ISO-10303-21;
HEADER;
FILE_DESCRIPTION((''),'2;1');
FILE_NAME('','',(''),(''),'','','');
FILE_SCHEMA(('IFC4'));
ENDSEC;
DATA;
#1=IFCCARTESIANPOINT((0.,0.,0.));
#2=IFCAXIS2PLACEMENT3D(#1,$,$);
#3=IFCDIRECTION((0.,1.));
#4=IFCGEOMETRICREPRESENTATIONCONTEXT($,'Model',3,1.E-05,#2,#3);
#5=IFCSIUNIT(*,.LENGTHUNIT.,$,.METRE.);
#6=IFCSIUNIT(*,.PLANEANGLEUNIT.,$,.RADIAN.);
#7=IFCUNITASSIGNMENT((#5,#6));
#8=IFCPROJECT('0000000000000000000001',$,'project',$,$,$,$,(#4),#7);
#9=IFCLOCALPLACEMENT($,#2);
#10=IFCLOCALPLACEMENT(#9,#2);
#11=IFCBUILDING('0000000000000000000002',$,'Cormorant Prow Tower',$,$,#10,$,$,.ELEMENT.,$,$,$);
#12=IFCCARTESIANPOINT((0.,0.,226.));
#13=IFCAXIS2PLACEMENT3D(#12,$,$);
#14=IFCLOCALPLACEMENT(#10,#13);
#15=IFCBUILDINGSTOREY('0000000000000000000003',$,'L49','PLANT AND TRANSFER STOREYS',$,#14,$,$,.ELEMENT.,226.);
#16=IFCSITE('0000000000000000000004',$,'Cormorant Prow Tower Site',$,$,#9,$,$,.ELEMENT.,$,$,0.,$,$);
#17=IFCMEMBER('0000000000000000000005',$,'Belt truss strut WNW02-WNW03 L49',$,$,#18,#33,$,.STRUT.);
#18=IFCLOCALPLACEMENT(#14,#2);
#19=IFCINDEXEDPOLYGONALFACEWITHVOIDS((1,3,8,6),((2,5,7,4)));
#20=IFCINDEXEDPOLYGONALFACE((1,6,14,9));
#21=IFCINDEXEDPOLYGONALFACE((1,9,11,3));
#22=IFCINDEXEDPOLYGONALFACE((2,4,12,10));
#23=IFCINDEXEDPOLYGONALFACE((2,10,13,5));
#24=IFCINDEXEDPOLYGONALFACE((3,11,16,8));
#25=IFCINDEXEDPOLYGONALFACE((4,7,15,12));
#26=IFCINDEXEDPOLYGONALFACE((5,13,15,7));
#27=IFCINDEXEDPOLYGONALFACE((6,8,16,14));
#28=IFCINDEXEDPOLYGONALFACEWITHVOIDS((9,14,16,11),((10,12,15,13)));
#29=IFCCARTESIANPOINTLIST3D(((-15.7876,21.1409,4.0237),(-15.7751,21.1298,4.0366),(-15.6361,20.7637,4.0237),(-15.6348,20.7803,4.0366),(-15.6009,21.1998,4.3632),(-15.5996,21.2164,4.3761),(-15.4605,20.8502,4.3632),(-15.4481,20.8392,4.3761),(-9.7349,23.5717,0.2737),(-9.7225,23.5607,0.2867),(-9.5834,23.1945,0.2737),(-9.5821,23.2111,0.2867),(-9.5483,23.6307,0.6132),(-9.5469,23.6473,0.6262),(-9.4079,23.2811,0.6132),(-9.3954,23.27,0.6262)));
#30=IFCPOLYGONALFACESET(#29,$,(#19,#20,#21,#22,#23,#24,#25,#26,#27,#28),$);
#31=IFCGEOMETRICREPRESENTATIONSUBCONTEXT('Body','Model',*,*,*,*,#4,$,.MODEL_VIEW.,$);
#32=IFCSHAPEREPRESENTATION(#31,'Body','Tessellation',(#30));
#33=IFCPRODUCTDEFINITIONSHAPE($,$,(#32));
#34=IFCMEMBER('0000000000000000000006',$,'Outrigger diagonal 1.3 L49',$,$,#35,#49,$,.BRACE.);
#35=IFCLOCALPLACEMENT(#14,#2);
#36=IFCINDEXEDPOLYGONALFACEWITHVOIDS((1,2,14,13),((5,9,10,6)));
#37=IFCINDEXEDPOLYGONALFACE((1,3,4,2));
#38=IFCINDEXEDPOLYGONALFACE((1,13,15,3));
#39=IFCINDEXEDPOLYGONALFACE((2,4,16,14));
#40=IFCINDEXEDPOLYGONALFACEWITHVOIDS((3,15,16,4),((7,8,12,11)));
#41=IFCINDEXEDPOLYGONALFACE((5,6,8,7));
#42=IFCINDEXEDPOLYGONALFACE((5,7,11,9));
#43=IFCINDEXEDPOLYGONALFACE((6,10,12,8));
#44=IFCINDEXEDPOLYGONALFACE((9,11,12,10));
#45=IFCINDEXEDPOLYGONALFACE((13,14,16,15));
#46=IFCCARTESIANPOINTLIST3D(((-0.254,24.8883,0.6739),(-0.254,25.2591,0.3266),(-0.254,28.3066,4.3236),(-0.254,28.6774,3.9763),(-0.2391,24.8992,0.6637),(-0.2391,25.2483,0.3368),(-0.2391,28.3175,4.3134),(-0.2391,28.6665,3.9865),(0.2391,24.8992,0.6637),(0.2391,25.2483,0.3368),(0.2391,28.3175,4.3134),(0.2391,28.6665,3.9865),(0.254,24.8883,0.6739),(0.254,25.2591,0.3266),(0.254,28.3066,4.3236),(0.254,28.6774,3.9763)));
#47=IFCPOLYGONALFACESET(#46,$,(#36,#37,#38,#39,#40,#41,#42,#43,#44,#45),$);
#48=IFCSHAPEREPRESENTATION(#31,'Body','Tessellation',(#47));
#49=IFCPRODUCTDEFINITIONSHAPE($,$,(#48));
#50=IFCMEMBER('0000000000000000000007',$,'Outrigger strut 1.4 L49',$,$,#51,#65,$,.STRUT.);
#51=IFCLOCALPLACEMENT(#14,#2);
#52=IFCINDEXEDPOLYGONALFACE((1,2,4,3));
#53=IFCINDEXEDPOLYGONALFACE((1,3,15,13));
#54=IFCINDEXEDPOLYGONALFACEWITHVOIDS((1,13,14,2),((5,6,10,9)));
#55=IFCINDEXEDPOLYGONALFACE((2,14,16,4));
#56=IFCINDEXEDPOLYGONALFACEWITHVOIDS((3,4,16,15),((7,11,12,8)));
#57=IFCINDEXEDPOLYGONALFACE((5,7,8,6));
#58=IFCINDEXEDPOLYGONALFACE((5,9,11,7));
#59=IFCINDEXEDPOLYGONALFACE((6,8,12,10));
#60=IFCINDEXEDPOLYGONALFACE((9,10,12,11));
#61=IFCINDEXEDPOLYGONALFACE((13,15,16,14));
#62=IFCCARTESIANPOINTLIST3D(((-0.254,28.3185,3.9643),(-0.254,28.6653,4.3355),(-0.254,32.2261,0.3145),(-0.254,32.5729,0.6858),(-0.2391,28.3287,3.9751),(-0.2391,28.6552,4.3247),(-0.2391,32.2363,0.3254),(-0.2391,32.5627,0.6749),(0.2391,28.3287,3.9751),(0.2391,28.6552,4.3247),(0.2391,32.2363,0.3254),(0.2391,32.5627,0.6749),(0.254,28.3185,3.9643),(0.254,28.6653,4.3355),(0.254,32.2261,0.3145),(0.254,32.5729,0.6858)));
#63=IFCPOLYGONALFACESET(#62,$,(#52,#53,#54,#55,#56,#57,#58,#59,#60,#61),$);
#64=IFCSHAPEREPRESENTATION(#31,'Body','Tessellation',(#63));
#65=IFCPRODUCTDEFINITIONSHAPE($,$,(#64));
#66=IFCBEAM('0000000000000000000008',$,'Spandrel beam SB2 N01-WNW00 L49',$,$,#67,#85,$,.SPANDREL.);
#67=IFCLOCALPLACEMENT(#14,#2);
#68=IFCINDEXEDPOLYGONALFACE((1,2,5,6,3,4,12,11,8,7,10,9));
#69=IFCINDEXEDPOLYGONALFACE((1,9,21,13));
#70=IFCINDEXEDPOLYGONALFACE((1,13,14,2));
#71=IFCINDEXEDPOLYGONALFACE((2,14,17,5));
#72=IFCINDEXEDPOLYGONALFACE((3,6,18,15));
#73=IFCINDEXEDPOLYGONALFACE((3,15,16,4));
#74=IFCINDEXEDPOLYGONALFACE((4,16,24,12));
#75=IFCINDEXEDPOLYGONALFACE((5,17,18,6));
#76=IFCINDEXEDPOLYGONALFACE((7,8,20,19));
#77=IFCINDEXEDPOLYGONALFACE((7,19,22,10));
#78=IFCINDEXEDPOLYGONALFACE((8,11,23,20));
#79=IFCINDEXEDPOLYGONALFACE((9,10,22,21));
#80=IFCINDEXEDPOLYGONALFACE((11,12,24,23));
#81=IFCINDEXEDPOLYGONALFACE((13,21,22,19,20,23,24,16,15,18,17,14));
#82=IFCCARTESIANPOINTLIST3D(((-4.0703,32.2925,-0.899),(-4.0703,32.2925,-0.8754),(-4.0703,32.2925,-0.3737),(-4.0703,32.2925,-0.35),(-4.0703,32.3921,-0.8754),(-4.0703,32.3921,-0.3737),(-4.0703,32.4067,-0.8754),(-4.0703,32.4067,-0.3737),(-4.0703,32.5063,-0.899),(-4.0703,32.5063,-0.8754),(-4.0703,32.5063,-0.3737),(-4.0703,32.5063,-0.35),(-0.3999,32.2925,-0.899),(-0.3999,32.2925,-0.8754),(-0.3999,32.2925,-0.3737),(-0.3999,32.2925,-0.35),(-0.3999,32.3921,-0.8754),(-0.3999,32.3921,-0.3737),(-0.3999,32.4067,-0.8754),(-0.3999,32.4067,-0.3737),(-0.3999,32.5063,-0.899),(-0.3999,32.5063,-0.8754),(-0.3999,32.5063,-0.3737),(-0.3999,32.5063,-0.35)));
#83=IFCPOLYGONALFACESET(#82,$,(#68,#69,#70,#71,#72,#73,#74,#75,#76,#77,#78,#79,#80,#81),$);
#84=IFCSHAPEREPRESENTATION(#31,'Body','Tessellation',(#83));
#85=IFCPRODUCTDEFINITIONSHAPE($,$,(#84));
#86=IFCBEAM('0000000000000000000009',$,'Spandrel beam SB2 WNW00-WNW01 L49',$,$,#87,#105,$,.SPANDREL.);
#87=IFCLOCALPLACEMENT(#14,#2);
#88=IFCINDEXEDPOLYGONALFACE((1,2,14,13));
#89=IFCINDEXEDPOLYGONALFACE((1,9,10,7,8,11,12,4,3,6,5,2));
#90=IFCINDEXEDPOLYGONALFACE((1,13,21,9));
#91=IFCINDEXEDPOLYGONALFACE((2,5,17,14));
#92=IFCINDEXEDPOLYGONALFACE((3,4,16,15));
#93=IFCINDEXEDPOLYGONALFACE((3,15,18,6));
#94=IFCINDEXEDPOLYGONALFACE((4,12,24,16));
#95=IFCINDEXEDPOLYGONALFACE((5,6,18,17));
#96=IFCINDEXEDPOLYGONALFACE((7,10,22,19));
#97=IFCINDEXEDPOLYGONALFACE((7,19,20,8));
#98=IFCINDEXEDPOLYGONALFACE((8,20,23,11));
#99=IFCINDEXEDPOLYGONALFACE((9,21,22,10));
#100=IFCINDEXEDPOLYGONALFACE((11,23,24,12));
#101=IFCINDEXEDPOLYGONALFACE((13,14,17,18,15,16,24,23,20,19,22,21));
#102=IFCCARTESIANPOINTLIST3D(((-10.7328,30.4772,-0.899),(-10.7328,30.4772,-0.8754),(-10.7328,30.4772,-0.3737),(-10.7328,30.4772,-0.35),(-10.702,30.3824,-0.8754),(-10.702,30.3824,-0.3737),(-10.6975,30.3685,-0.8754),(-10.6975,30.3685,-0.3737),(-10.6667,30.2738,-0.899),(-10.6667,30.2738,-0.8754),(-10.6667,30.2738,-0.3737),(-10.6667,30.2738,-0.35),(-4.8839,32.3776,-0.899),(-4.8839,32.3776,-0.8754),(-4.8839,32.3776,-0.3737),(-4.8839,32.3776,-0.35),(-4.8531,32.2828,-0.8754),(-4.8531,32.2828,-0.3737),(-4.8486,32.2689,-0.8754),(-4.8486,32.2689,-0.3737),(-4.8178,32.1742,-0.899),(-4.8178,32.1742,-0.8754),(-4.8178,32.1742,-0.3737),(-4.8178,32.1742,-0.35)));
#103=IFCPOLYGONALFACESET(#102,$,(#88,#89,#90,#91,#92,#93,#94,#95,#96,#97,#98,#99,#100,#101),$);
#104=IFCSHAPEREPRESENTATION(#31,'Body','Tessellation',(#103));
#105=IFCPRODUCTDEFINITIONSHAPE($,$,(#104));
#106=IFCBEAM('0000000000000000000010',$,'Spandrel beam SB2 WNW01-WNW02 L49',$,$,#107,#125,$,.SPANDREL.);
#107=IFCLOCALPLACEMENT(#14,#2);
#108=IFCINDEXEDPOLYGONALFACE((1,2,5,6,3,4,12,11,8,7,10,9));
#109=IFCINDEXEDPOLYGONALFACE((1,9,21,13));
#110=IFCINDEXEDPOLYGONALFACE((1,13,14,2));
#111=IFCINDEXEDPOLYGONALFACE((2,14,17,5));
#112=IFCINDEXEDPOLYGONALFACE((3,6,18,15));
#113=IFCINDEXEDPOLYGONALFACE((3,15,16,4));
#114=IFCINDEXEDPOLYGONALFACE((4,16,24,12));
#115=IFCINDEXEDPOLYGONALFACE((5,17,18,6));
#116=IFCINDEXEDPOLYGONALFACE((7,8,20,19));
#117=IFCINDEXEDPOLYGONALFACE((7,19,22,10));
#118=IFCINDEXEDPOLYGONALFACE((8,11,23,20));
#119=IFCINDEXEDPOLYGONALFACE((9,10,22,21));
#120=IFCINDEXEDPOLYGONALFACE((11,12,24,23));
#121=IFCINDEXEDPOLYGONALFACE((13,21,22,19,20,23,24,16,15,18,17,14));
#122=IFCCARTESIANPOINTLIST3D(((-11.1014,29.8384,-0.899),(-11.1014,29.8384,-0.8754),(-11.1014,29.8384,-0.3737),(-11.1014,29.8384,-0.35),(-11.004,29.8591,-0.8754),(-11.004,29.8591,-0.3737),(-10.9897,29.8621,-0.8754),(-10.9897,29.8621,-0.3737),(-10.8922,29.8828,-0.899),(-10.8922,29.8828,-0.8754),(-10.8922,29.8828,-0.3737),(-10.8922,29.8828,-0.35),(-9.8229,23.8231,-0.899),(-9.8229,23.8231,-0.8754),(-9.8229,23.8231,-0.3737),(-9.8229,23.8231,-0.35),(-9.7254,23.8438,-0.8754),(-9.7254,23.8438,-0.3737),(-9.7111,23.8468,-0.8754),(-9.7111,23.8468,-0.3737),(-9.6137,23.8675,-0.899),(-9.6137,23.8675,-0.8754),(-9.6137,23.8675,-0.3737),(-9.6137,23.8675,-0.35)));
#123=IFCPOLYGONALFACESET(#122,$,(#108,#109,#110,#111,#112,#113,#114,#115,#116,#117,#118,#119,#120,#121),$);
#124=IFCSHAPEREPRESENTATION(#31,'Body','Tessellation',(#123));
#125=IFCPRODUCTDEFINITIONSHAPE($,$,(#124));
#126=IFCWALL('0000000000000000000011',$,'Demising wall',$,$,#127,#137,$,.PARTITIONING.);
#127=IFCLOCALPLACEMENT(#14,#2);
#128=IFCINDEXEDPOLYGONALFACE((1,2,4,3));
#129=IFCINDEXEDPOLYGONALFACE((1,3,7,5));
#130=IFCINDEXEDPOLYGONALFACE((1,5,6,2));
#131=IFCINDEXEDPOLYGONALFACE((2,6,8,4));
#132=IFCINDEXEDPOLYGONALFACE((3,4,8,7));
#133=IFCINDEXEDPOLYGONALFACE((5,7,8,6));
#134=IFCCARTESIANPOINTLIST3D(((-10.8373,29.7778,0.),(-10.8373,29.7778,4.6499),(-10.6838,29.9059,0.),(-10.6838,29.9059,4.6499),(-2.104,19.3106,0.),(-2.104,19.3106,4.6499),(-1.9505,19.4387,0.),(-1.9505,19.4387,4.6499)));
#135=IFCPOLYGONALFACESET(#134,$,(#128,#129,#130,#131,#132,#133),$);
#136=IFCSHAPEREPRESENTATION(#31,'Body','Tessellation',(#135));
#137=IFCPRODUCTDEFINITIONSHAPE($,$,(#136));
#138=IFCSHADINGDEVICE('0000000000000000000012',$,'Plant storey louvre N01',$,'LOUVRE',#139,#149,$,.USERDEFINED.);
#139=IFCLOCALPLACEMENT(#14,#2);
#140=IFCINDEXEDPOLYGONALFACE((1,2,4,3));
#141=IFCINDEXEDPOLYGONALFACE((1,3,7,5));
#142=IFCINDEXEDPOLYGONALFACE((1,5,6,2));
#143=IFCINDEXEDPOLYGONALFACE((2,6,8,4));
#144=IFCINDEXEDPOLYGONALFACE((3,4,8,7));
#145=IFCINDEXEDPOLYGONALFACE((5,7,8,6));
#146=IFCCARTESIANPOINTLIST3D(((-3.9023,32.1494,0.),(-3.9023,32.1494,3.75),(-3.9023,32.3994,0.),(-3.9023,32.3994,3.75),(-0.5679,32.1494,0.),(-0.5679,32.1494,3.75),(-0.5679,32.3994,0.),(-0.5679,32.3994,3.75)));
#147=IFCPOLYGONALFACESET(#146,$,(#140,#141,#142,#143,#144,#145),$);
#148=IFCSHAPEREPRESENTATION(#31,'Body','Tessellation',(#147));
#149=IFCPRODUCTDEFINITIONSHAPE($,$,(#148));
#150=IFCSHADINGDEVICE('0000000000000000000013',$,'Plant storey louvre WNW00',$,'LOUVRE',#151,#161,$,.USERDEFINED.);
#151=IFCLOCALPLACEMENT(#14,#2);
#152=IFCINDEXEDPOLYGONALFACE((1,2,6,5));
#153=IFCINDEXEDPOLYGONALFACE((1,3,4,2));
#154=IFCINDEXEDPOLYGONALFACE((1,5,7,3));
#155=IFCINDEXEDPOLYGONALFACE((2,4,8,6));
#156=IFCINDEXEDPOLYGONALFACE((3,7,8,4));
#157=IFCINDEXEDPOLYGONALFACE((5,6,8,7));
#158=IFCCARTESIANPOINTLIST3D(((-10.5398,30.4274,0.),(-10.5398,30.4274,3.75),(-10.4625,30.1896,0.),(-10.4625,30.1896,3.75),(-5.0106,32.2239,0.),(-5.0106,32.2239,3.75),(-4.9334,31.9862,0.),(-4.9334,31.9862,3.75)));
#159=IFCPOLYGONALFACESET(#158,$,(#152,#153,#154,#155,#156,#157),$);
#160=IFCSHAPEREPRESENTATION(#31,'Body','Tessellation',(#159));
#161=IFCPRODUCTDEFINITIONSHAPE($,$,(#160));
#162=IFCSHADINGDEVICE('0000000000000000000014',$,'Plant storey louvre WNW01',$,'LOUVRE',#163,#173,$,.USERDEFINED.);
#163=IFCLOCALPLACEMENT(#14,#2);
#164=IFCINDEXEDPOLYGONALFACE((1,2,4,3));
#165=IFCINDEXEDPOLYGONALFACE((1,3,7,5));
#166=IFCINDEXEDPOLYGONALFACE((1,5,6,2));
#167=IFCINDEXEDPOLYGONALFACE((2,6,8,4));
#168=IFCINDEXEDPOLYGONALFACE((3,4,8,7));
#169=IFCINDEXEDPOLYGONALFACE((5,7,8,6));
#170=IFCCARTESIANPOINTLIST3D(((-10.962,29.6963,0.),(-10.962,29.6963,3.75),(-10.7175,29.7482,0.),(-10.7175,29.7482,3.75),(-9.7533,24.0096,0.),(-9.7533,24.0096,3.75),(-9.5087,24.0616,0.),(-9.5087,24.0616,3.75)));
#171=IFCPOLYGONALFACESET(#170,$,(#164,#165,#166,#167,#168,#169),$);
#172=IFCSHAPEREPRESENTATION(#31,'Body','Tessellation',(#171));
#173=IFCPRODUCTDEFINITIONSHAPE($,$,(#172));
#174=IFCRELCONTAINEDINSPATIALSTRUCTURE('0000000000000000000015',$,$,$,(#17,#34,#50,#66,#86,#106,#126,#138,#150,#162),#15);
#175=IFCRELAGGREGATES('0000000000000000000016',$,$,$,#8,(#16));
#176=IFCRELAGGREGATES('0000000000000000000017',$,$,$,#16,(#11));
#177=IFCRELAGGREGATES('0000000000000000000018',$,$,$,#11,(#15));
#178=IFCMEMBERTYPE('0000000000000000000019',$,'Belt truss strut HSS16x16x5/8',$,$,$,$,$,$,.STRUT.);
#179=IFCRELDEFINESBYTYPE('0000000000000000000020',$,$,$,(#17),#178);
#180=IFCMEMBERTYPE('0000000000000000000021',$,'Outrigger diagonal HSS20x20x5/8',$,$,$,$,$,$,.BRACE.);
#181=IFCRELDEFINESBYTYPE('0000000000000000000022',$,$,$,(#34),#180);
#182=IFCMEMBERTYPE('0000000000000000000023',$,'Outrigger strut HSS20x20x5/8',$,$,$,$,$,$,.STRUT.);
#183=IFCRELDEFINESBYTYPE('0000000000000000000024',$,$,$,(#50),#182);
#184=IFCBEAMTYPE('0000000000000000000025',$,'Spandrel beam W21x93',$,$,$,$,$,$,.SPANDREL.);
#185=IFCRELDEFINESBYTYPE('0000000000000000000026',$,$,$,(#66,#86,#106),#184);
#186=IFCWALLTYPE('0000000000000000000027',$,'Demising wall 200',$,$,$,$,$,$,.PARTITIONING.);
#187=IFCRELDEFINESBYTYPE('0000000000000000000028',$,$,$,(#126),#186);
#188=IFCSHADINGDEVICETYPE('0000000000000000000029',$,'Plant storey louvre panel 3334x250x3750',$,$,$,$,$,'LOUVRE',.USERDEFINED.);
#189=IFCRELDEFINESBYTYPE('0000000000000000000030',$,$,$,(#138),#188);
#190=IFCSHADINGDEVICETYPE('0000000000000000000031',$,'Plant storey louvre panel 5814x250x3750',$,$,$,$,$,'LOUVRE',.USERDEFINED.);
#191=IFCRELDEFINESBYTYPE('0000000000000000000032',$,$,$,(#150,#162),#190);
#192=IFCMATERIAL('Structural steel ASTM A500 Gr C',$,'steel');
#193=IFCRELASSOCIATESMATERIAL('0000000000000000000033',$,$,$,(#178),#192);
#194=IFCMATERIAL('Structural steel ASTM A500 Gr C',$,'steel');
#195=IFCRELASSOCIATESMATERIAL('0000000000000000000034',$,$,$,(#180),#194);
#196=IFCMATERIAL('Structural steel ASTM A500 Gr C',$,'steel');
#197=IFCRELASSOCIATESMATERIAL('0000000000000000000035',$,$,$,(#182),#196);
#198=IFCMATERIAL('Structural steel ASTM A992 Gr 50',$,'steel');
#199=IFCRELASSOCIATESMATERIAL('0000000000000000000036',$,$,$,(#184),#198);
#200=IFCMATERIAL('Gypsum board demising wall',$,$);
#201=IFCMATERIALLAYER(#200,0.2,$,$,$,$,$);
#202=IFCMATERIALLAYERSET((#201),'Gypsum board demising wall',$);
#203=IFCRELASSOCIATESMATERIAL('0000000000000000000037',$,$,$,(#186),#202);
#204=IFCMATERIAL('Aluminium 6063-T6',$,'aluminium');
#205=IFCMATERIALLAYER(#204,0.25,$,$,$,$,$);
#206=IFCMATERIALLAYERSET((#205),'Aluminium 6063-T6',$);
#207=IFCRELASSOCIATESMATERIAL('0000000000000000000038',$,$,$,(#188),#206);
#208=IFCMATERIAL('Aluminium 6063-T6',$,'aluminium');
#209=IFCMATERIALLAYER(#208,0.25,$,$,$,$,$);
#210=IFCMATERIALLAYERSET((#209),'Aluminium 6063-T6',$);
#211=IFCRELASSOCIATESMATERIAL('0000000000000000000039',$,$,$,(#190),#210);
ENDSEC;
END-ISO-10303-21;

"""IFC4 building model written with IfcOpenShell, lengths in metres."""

from ifc_helpers import new_model, si_unit, direction, frame, frame_2d, origin, origin_2d, place, context, subcontext, project, spatial, rectangle, hollow_rectangle, i_section, extrude, material, layer, layer_set, material_profile, profile_set, type_object, element, save


model = new_model("IFC4")

# Units and contexts
model_context = context("Model", 3, precision=1e-05, world=origin(), true_north=direction((0.0, 1.0)))
body_context = subcontext(model_context, "Body", "Model", "MODEL_VIEW")
ifc_project = project(units=[si_unit("LENGTHUNIT", "METRE"), si_unit("PLANEANGLEUNIT", "RADIAN")], contexts=[model_context])

# Site, building, storey
site_placement = place(None, origin())
site = spatial("IfcSite", under=ifc_project, at=site_placement, Name="Cormorant Prow Tower Site", CompositionType="ELEMENT", RefElevation=0.0)
building_placement = place(site_placement, origin())
building = spatial("IfcBuilding", under=site, at=building_placement, Name="Cormorant Prow Tower", CompositionType="ELEMENT")
storey_placement = place(building_placement, frame((0.0, 0.0, 226.0)))
storey = spatial("IfcBuildingStorey", under=building, at=storey_placement, Name="L49", Description="PLANT AND TRANSFER STOREYS", CompositionType="ELEMENT", Elevation=226.0)

# Members
ifc_material_1 = material(Name="Structural steel ASTM A500 Gr C", Category="steel")
ifc_material_profile_1 = material_profile(ifc_material_1, hollow_rectangle(XDim=0.4065, YDim=0.4065, WallThickness=0.0149, at=origin_2d()), Name="HSS16x16x5/8")
ifc_profile_set_1 = profile_set([ifc_material_profile_1], Name="Structural steel ASTM A500 Gr C")
member_type_1 = type_object("IfcMemberType", Name="Belt truss strut HSS16x16x5/8", PredefinedType="STRUT", material=ifc_profile_set_1)
member_1_placement = place(storey_placement, frame((-9.5652, 23.4209, 0.45), z_axis=(-0.804479, -0.323096, 0.498419), x_axis=(0.372687, -0.927957, 0.0)))
element("IfcMember", 1, at=member_1_placement, inside=storey, type_object=member_type_1, Name="Belt truss strut WNW02-WNW03 L49", PredefinedType="STRUT", context=body_context, shape_type="SweptSolid", body=[
    extrude(hollow_rectangle(XDim=0.4065, YDim=0.4065, WallThickness=0.0149, at=origin_2d()), origin(), (0.0, 0.0, 1.0), 7.5237),
])
ifc_material_2 = material(Name="Structural steel ASTM A500 Gr C", Category="steel")
ifc_material_profile_2 = material_profile(ifc_material_2, hollow_rectangle(XDim=0.5081, YDim=0.5081, WallThickness=0.0149, at=origin_2d()), Name="HSS20x20x5/8")
ifc_profile_set_2 = profile_set([ifc_material_profile_2], Name="Structural steel ASTM A500 Gr C")
member_type_2 = type_object("IfcMemberType", Name="Outrigger diagonal HSS20x20x5/8", PredefinedType="BRACE", material=ifc_profile_set_2)
member_2_placement = place(storey_placement, frame((0.0, 25.0737, 0.5002), z_axis=(0.0, 0.683585, 0.729871), x_axis=(-1.0, 0.0, 0.0)))
element("IfcMember", 2, at=member_2_placement, inside=storey, type_object=member_type_2, Name="Outrigger diagonal 1.3 L49", PredefinedType="BRACE", context=body_context, shape_type="SweptSolid", body=[
    extrude(hollow_rectangle(XDim=0.5081, YDim=0.5081, WallThickness=0.0149, at=origin_2d()), origin(), (0.0, 0.0, 1.0), 5.0005),
])
ifc_material_3 = material(Name="Structural steel ASTM A500 Gr C", Category="steel")
ifc_material_profile_3 = material_profile(ifc_material_3, hollow_rectangle(XDim=0.5081, YDim=0.5081, WallThickness=0.0149, at=origin_2d()), Name="HSS20x20x5/8")
ifc_profile_set_3 = profile_set([ifc_material_profile_3], Name="Structural steel ASTM A500 Gr C")
member_type_3 = type_object("IfcMemberType", Name="Outrigger strut HSS20x20x5/8", PredefinedType="STRUT", material=ifc_profile_set_3)
member_3_placement = place(storey_placement, frame((0.0, 28.4919, 4.1499), z_axis=(0.0, 0.730805, -0.682587), x_axis=(-1.0, 0.0, 0.0)))
element("IfcMember", 3, at=member_3_placement, inside=storey, type_object=member_type_3, Name="Outrigger strut 1.4 L49", PredefinedType="STRUT", context=body_context, shape_type="SweptSolid", body=[
    extrude(hollow_rectangle(XDim=0.5081, YDim=0.5081, WallThickness=0.0149, at=origin_2d()), origin(), (0.0, 0.0, 1.0), 5.3469),
])

# Beams
ifc_material_4 = material(Name="Structural steel ASTM A992 Gr 50", Category="steel")
ifc_material_profile_4 = material_profile(ifc_material_4, i_section(OverallWidth=0.2139, OverallDepth=0.5491, WebThickness=0.0146, FlangeThickness=0.0237, at=origin_2d()), Name="W21x93")
ifc_profile_set_4 = profile_set([ifc_material_profile_4], Name="Structural steel ASTM A992 Gr 50")
beam_type = type_object("IfcBeamType", Name="Spandrel beam W21x93", PredefinedType="SPANDREL", material=ifc_profile_set_4)
beam_1_placement = place(storey_placement, frame((-0.3999, 32.3994, -0.6245), z_axis=(-1.0, 0.0, 0.0), x_axis=(0.0, -1.0, 0.0)))
element("IfcBeam", 4, at=beam_1_placement, inside=storey, type_object=beam_type, Name="Spandrel beam SB2 N01-WNW00 L49", PredefinedType="SPANDREL", context=body_context, shape_type="SweptSolid", body=[
    extrude(i_section(OverallWidth=0.2139, OverallDepth=0.5491, WebThickness=0.0146, FlangeThickness=0.0237, at=origin_2d()), origin(), (0.0, 0.0, 1.0), 3.6704),
])
beam_2_placement = place(storey_placement, frame((-4.8508, 32.2759, -0.6245), z_axis=(-0.951058, -0.309013, 0.0), x_axis=(0.309013, -0.951058, 0.0)))
element("IfcBeam", 5, at=beam_2_placement, inside=storey, type_object=beam_type, Name="Spandrel beam SB2 WNW00-WNW01 L49", PredefinedType="SPANDREL", context=body_context, shape_type="SweptSolid", body=[
    extrude(i_section(OverallWidth=0.2139, OverallDepth=0.5491, WebThickness=0.0146, FlangeThickness=0.0237, at=origin_2d()), origin(), (0.0, 0.0, 1.0), 6.1499),
])
beam_3_placement = place(storey_placement, frame((-10.9968, 29.8606, -0.6245), z_axis=(0.207905, -0.978149, 0.0), x_axis=(0.978149, 0.207905, 0.0)))
element("IfcBeam", 6, at=beam_3_placement, inside=storey, type_object=beam_type, Name="Spandrel beam SB2 WNW01-WNW02 L49", PredefinedType="SPANDREL", context=body_context, shape_type="SweptSolid", body=[
    extrude(i_section(OverallWidth=0.2139, OverallDepth=0.5491, WebThickness=0.0146, FlangeThickness=0.0237, at=origin_2d()), origin(), (0.0, 0.0, 1.0), 6.1497),
])

# Wall
ifc_material_5 = material(Name="Gypsum board demising wall")
ifc_layer_1 = layer(ifc_material_5, 0.2)
ifc_layer_set_1 = layer_set([ifc_layer_1], Name="Gypsum board demising wall")
wall_type = type_object("IfcWallType", Name="Demising wall 200", PredefinedType="PARTITIONING", material=ifc_layer_set_1)
wall_placement = place(storey_placement, frame((-10.7605, 29.8418, 0.0), z_axis=(0.0, 0.0, 1.0), x_axis=(0.640646, -0.767837, 0.0)))
element("IfcWall", 7, at=wall_placement, inside=storey, type_object=wall_type, Name="Demising wall", PredefinedType="PARTITIONING", context=body_context, shape_type="SweptSolid", body=[
    extrude(rectangle(XDim=13.6321, YDim=0.2, at=frame_2d((6.8159, 0.0))), origin(), (0.0, 0.0, 1.0), 4.6499),
])

# Shading devices
ifc_material_6 = material(Name="Aluminium 6063-T6", Category="aluminium")
ifc_layer_2 = layer(ifc_material_6, 0.25)
ifc_layer_set_2 = layer_set([ifc_layer_2], Name="Aluminium 6063-T6")
shading_device_type_1 = type_object("IfcShadingDeviceType", Name="Plant storey louvre panel 3334x250x3750", ElementType="LOUVRE", PredefinedType="USERDEFINED", material=ifc_layer_set_2)
shading_device_placement = place(storey_placement, frame((-2.2351, 32.2744, 0.0), z_axis=(0.0, 0.0, 1.0), x_axis=(-1.0, 0.0, 0.0)))
element("IfcShadingDevice", 8, at=shading_device_placement, inside=storey, type_object=shading_device_type_1, Name="Plant storey louvre N01", ObjectType="LOUVRE", PredefinedType="USERDEFINED", context=body_context, shape_type="SweptSolid", body=[
    extrude(rectangle(XDim=3.3345, YDim=0.25, at=origin_2d()), origin(), (0.0, 0.0, 1.0), 3.75),
])
ifc_material_7 = material(Name="Aluminium 6063-T6", Category="aluminium")
ifc_layer_3 = layer(ifc_material_7, 0.25)
ifc_layer_set_3 = layer_set([ifc_layer_3], Name="Aluminium 6063-T6")
shading_device_type_2 = type_object("IfcShadingDeviceType", Name="Plant storey louvre panel 5814x250x3750", ElementType="LOUVRE", PredefinedType="USERDEFINED", material=ifc_layer_set_3)
for number, where, z_axis, x_axis, name in (
    (9, (-7.7366, 31.2068, 0.0), (0.0, 0.0, 1.0), (-0.951057, -0.309017, 0.0), "Plant storey louvre WNW00"),
    (10, (-10.2354, 26.8789, 0.0), (0.0, 0.0, 1.0), (0.207912, -0.978148, 0.0), "Plant storey louvre WNW01"),
):
    element("IfcShadingDevice", number, at=place(storey_placement, frame(where, z_axis=z_axis, x_axis=x_axis)), inside=storey, type_object=shading_device_type_2, Name=name, ObjectType="LOUVRE", PredefinedType="USERDEFINED", context=body_context, shape_type="SweptSolid", body=[
        extrude(rectangle(XDim=5.8137, YDim=0.25, at=origin_2d()), origin(), (0.0, 0.0, 1.0), 3.75),
    ])

save(model, "model.ifc")
